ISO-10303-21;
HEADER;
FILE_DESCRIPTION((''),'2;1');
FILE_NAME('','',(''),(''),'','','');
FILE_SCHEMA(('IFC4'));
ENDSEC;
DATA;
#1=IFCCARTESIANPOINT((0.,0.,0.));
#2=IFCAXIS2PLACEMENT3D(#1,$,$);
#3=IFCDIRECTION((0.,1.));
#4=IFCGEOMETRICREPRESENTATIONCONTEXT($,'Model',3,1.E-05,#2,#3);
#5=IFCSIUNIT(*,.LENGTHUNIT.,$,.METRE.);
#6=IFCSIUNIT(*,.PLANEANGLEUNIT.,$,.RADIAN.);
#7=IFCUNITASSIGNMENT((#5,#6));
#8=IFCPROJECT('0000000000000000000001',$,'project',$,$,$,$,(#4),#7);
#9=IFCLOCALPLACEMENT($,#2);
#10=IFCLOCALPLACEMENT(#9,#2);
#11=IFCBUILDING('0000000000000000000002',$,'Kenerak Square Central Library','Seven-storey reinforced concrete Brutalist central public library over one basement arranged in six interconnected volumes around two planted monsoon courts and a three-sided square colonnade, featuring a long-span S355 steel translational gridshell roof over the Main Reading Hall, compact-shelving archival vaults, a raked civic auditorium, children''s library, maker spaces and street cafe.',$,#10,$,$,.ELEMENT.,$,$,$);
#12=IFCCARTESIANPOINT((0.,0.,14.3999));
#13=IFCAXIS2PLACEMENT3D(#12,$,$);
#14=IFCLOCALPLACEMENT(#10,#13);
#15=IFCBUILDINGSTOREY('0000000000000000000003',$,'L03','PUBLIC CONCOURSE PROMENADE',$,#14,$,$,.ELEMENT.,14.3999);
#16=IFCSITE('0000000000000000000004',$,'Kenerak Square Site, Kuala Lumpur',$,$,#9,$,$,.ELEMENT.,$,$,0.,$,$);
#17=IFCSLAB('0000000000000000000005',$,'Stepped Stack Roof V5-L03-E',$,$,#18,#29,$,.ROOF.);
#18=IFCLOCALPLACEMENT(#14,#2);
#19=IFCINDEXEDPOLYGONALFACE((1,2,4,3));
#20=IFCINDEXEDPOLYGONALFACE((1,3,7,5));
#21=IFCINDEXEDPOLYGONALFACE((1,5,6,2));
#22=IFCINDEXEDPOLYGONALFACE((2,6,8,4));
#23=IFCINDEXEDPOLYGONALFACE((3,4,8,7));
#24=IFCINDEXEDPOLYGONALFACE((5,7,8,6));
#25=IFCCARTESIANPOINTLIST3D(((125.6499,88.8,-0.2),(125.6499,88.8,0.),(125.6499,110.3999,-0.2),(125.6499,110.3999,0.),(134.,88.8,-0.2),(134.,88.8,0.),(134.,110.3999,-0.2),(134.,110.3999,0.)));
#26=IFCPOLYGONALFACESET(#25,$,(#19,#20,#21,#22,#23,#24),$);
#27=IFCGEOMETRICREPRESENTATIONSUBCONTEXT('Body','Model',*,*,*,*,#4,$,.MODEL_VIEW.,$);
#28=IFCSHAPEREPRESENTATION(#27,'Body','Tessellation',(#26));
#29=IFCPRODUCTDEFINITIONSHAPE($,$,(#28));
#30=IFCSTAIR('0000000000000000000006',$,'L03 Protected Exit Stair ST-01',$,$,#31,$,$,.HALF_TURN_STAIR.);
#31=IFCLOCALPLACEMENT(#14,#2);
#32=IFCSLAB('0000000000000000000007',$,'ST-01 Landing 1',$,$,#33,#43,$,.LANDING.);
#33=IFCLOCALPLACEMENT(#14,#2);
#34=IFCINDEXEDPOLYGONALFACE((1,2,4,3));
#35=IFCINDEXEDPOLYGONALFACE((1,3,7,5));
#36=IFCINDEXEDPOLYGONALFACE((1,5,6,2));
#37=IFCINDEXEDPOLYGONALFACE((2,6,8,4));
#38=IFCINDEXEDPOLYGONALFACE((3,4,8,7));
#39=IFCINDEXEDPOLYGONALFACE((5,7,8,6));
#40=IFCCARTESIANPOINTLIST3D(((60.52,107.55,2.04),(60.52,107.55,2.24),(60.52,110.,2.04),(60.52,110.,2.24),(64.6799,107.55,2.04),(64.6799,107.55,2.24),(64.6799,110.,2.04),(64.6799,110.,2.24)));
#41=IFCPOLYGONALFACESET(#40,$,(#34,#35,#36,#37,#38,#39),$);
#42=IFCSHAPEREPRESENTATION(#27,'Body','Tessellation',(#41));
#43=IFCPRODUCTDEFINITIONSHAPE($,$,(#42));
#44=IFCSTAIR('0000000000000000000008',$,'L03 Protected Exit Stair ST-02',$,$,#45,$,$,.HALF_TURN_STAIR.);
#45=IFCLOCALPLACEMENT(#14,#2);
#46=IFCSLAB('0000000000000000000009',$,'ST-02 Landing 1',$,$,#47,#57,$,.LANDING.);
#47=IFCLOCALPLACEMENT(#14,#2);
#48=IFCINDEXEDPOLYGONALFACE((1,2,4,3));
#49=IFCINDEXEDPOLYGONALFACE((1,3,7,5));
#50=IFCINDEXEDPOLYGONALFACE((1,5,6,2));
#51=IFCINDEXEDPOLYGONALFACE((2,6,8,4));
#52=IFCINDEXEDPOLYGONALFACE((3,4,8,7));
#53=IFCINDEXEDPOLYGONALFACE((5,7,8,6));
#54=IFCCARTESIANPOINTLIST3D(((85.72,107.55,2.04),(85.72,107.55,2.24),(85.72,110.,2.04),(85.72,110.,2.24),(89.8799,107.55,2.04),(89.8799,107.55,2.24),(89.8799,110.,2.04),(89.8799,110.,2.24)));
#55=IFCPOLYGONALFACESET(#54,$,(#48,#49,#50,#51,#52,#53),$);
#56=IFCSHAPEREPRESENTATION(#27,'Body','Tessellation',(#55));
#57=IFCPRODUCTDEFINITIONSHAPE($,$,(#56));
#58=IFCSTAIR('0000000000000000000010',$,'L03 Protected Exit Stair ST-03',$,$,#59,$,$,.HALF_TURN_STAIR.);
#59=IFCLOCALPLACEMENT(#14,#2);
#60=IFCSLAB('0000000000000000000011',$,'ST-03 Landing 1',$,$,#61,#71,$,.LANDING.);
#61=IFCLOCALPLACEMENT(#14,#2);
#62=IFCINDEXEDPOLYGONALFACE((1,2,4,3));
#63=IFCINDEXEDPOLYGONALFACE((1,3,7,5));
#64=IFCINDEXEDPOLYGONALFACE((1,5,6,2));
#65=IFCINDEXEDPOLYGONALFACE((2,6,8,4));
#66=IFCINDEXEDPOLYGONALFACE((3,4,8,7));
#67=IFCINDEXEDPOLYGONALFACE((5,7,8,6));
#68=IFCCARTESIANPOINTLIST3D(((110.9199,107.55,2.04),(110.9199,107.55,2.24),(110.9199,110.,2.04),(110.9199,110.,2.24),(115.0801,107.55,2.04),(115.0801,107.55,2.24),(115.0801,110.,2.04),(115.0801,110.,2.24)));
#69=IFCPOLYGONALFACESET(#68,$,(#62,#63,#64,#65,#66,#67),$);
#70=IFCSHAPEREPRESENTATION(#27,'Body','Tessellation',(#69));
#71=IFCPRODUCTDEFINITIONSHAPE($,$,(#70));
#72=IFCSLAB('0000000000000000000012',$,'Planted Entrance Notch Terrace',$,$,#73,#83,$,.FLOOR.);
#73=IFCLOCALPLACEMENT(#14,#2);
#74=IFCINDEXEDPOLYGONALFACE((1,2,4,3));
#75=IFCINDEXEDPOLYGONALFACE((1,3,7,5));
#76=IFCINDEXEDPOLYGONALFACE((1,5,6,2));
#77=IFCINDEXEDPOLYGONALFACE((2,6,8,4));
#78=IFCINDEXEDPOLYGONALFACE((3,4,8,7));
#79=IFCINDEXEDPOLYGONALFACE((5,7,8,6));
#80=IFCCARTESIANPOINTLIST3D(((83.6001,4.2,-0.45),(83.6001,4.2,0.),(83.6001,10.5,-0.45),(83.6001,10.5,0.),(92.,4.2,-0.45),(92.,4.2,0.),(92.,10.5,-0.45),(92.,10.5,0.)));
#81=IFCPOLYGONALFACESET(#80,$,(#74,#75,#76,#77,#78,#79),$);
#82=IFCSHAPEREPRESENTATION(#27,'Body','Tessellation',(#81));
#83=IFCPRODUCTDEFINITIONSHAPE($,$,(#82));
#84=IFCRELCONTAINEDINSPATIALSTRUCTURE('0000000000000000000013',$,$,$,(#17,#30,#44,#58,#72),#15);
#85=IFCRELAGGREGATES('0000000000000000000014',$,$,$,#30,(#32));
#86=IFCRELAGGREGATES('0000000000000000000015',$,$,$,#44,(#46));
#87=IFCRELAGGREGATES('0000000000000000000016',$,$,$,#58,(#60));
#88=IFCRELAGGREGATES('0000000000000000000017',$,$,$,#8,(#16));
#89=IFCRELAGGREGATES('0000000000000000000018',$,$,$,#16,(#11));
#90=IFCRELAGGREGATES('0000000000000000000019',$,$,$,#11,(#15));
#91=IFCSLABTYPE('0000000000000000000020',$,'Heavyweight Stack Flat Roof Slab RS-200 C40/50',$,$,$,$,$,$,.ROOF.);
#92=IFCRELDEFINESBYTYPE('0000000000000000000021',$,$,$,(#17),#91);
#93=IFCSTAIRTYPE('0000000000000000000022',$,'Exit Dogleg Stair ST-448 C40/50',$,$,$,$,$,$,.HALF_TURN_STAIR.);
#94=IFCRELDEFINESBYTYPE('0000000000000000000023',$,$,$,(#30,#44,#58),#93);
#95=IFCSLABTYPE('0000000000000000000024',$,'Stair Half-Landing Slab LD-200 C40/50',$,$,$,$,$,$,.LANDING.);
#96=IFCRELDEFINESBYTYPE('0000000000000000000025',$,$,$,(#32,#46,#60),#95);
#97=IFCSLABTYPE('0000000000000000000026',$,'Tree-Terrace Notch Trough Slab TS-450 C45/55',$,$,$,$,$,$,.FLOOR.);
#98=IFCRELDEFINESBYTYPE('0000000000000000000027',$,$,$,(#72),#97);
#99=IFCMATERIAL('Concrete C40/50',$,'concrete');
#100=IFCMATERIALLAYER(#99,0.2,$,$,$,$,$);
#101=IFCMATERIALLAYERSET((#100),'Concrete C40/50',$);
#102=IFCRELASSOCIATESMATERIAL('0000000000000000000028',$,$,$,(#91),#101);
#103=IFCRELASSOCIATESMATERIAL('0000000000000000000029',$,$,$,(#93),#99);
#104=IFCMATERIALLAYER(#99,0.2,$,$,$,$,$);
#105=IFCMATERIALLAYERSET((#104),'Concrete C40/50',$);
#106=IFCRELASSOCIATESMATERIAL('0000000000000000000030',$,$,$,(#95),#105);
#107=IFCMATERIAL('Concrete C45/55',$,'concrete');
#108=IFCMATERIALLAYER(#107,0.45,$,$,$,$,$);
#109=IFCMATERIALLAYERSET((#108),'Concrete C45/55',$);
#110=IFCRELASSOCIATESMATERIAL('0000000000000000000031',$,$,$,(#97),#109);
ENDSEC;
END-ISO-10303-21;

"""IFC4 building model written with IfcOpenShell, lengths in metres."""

from ifc_helpers import new_model, si_unit, direction, frame, origin, place, context, subcontext, project, spatial, polyline, outline, extrude, material, layer, layer_set, type_object, element, aggregate, save


model = new_model("IFC4")

# Units and contexts
model_context = context("Model", 3, precision=1e-05, world=origin(), true_north=direction((0.0, 1.0)))
body_context = subcontext(model_context, "Body", "Model", "MODEL_VIEW")
ifc_project = project(units=[si_unit("LENGTHUNIT", "METRE"), si_unit("PLANEANGLEUNIT", "RADIAN")], contexts=[model_context])

# Site, building, storey
site_placement = place(None, origin())
site = spatial("IfcSite", under=ifc_project, at=site_placement, Name="Kenerak Square Site, Kuala Lumpur", CompositionType="ELEMENT", RefElevation=0.0)
building_placement = place(site_placement, origin())
building = spatial("IfcBuilding", under=site, at=building_placement, Name="Kenerak Square Central Library", Description="Seven-storey reinforced concrete Brutalist central public library over one basement arranged in six interconnected volumes around two planted monsoon courts and a three-sided square colonnade, featuring a long-span S355 steel translational gridshell roof over the Main Reading Hall, compact-shelving archival vaults, a raked civic auditorium, children's library, maker spaces and street cafe.", CompositionType="ELEMENT")
storey_placement = place(building_placement, frame((0.0, 0.0, 14.3999)))
storey = spatial("IfcBuildingStorey", under=building, at=storey_placement, Name="L03", Description="PUBLIC CONCOURSE PROMENADE", CompositionType="ELEMENT", Elevation=14.3999)

# Shared definitions
ifc_material_1 = material(Name="Concrete C40/50", Category="concrete")

# Slab
ifc_layer_1 = layer(ifc_material_1, 0.2)
ifc_layer_set_1 = layer_set([ifc_layer_1], Name="Concrete C40/50")
slab_type_1 = type_object("IfcSlabType", Name="Heavyweight Stack Flat Roof Slab RS-200 C40/50", PredefinedType="ROOF", material=ifc_layer_set_1)
slab_1_placement = place(storey_placement, frame((0.0, 0.0, -0.2)))
element("IfcSlab", 1, at=slab_1_placement, inside=storey, type_object=slab_type_1, Name="Stepped Stack Roof V5-L03-E", PredefinedType="ROOF", context=body_context, shape_type="SweptSolid", body=[
    extrude(outline(polyline([(125.6499, 88.8), (134.0, 88.8), (134.0, 110.3999), (125.6499, 110.3999), (125.6499, 88.8)])), origin(), (0.0, 0.0, 1.0), 0.2),
])

# Stairs, slabs
stair_type = type_object("IfcStairType", Name="Exit Dogleg Stair ST-448 C40/50", PredefinedType="HALF_TURN_STAIR", material=ifc_material_1)
stair_1_placement = place(storey_placement, origin())
stair_1 = element("IfcStair", 2, at=stair_1_placement, inside=storey, type_object=stair_type, Name="L03 Protected Exit Stair ST-01", PredefinedType="HALF_TURN_STAIR")
ifc_layer_2 = layer(ifc_material_1, 0.2)
ifc_layer_set_2 = layer_set([ifc_layer_2], Name="Concrete C40/50")
slab_type_2 = type_object("IfcSlabType", Name="Stair Half-Landing Slab LD-200 C40/50", PredefinedType="LANDING", material=ifc_layer_set_2)
slab_2_placement = place(storey_placement, frame((0.0, 0.0, 2.04)))
slab_2 = element("IfcSlab", 3, at=slab_2_placement, type_object=slab_type_2, Name="ST-01 Landing 1", PredefinedType="LANDING", context=body_context, shape_type="SweptSolid", body=[
    extrude(outline(polyline([(64.6799, 107.55), (64.6799, 110.0), (60.52, 110.0), (60.52, 107.55), (64.6799, 107.55)])), origin(), (0.0, 0.0, 1.0), 0.2),
])
aggregate(stair_1, [slab_2])
stair_2_placement = place(storey_placement, origin())
stair_2 = element("IfcStair", 4, at=stair_2_placement, inside=storey, type_object=stair_type, Name="L03 Protected Exit Stair ST-02", PredefinedType="HALF_TURN_STAIR")
slab_3_placement = place(storey_placement, frame((0.0, 0.0, 2.04)))
slab_3 = element("IfcSlab", 5, at=slab_3_placement, type_object=slab_type_2, Name="ST-02 Landing 1", PredefinedType="LANDING", context=body_context, shape_type="SweptSolid", body=[
    extrude(outline(polyline([(89.8799, 107.55), (89.8799, 110.0), (85.72, 110.0), (85.72, 107.55), (89.8799, 107.55)])), origin(), (0.0, 0.0, 1.0), 0.2),
])
aggregate(stair_2, [slab_3])
stair_3_placement = place(storey_placement, origin())
stair_3 = element("IfcStair", 6, at=stair_3_placement, inside=storey, type_object=stair_type, Name="L03 Protected Exit Stair ST-03", PredefinedType="HALF_TURN_STAIR")
slab_4_placement = place(storey_placement, frame((0.0, 0.0, 2.04)))
slab_4 = element("IfcSlab", 7, at=slab_4_placement, type_object=slab_type_2, Name="ST-03 Landing 1", PredefinedType="LANDING", context=body_context, shape_type="SweptSolid", body=[
    extrude(outline(polyline([(115.0801, 107.55), (115.0801, 110.0), (110.9199, 110.0), (110.9199, 107.55), (115.0801, 107.55)])), origin(), (0.0, 0.0, 1.0), 0.2),
])
aggregate(stair_3, [slab_4])

# Slab
ifc_material_2 = material(Name="Concrete C45/55", Category="concrete")
ifc_layer_3 = layer(ifc_material_2, 0.45)
ifc_layer_set_3 = layer_set([ifc_layer_3], Name="Concrete C45/55")
slab_type_3 = type_object("IfcSlabType", Name="Tree-Terrace Notch Trough Slab TS-450 C45/55", PredefinedType="FLOOR", material=ifc_layer_set_3)
slab_5_placement = place(storey_placement, frame((0.0, 0.0, -0.45)))
element("IfcSlab", 8, at=slab_5_placement, inside=storey, type_object=slab_type_3, Name="Planted Entrance Notch Terrace", PredefinedType="FLOOR", context=body_context, shape_type="SweptSolid", body=[
    extrude(outline(polyline([(83.6001, 4.2), (92.0, 4.2), (92.0, 10.5), (83.6001, 10.5), (83.6001, 4.2)])), origin(), (0.0, 0.0, 1.0), 0.45),
])

save(model, "model.ifc")
